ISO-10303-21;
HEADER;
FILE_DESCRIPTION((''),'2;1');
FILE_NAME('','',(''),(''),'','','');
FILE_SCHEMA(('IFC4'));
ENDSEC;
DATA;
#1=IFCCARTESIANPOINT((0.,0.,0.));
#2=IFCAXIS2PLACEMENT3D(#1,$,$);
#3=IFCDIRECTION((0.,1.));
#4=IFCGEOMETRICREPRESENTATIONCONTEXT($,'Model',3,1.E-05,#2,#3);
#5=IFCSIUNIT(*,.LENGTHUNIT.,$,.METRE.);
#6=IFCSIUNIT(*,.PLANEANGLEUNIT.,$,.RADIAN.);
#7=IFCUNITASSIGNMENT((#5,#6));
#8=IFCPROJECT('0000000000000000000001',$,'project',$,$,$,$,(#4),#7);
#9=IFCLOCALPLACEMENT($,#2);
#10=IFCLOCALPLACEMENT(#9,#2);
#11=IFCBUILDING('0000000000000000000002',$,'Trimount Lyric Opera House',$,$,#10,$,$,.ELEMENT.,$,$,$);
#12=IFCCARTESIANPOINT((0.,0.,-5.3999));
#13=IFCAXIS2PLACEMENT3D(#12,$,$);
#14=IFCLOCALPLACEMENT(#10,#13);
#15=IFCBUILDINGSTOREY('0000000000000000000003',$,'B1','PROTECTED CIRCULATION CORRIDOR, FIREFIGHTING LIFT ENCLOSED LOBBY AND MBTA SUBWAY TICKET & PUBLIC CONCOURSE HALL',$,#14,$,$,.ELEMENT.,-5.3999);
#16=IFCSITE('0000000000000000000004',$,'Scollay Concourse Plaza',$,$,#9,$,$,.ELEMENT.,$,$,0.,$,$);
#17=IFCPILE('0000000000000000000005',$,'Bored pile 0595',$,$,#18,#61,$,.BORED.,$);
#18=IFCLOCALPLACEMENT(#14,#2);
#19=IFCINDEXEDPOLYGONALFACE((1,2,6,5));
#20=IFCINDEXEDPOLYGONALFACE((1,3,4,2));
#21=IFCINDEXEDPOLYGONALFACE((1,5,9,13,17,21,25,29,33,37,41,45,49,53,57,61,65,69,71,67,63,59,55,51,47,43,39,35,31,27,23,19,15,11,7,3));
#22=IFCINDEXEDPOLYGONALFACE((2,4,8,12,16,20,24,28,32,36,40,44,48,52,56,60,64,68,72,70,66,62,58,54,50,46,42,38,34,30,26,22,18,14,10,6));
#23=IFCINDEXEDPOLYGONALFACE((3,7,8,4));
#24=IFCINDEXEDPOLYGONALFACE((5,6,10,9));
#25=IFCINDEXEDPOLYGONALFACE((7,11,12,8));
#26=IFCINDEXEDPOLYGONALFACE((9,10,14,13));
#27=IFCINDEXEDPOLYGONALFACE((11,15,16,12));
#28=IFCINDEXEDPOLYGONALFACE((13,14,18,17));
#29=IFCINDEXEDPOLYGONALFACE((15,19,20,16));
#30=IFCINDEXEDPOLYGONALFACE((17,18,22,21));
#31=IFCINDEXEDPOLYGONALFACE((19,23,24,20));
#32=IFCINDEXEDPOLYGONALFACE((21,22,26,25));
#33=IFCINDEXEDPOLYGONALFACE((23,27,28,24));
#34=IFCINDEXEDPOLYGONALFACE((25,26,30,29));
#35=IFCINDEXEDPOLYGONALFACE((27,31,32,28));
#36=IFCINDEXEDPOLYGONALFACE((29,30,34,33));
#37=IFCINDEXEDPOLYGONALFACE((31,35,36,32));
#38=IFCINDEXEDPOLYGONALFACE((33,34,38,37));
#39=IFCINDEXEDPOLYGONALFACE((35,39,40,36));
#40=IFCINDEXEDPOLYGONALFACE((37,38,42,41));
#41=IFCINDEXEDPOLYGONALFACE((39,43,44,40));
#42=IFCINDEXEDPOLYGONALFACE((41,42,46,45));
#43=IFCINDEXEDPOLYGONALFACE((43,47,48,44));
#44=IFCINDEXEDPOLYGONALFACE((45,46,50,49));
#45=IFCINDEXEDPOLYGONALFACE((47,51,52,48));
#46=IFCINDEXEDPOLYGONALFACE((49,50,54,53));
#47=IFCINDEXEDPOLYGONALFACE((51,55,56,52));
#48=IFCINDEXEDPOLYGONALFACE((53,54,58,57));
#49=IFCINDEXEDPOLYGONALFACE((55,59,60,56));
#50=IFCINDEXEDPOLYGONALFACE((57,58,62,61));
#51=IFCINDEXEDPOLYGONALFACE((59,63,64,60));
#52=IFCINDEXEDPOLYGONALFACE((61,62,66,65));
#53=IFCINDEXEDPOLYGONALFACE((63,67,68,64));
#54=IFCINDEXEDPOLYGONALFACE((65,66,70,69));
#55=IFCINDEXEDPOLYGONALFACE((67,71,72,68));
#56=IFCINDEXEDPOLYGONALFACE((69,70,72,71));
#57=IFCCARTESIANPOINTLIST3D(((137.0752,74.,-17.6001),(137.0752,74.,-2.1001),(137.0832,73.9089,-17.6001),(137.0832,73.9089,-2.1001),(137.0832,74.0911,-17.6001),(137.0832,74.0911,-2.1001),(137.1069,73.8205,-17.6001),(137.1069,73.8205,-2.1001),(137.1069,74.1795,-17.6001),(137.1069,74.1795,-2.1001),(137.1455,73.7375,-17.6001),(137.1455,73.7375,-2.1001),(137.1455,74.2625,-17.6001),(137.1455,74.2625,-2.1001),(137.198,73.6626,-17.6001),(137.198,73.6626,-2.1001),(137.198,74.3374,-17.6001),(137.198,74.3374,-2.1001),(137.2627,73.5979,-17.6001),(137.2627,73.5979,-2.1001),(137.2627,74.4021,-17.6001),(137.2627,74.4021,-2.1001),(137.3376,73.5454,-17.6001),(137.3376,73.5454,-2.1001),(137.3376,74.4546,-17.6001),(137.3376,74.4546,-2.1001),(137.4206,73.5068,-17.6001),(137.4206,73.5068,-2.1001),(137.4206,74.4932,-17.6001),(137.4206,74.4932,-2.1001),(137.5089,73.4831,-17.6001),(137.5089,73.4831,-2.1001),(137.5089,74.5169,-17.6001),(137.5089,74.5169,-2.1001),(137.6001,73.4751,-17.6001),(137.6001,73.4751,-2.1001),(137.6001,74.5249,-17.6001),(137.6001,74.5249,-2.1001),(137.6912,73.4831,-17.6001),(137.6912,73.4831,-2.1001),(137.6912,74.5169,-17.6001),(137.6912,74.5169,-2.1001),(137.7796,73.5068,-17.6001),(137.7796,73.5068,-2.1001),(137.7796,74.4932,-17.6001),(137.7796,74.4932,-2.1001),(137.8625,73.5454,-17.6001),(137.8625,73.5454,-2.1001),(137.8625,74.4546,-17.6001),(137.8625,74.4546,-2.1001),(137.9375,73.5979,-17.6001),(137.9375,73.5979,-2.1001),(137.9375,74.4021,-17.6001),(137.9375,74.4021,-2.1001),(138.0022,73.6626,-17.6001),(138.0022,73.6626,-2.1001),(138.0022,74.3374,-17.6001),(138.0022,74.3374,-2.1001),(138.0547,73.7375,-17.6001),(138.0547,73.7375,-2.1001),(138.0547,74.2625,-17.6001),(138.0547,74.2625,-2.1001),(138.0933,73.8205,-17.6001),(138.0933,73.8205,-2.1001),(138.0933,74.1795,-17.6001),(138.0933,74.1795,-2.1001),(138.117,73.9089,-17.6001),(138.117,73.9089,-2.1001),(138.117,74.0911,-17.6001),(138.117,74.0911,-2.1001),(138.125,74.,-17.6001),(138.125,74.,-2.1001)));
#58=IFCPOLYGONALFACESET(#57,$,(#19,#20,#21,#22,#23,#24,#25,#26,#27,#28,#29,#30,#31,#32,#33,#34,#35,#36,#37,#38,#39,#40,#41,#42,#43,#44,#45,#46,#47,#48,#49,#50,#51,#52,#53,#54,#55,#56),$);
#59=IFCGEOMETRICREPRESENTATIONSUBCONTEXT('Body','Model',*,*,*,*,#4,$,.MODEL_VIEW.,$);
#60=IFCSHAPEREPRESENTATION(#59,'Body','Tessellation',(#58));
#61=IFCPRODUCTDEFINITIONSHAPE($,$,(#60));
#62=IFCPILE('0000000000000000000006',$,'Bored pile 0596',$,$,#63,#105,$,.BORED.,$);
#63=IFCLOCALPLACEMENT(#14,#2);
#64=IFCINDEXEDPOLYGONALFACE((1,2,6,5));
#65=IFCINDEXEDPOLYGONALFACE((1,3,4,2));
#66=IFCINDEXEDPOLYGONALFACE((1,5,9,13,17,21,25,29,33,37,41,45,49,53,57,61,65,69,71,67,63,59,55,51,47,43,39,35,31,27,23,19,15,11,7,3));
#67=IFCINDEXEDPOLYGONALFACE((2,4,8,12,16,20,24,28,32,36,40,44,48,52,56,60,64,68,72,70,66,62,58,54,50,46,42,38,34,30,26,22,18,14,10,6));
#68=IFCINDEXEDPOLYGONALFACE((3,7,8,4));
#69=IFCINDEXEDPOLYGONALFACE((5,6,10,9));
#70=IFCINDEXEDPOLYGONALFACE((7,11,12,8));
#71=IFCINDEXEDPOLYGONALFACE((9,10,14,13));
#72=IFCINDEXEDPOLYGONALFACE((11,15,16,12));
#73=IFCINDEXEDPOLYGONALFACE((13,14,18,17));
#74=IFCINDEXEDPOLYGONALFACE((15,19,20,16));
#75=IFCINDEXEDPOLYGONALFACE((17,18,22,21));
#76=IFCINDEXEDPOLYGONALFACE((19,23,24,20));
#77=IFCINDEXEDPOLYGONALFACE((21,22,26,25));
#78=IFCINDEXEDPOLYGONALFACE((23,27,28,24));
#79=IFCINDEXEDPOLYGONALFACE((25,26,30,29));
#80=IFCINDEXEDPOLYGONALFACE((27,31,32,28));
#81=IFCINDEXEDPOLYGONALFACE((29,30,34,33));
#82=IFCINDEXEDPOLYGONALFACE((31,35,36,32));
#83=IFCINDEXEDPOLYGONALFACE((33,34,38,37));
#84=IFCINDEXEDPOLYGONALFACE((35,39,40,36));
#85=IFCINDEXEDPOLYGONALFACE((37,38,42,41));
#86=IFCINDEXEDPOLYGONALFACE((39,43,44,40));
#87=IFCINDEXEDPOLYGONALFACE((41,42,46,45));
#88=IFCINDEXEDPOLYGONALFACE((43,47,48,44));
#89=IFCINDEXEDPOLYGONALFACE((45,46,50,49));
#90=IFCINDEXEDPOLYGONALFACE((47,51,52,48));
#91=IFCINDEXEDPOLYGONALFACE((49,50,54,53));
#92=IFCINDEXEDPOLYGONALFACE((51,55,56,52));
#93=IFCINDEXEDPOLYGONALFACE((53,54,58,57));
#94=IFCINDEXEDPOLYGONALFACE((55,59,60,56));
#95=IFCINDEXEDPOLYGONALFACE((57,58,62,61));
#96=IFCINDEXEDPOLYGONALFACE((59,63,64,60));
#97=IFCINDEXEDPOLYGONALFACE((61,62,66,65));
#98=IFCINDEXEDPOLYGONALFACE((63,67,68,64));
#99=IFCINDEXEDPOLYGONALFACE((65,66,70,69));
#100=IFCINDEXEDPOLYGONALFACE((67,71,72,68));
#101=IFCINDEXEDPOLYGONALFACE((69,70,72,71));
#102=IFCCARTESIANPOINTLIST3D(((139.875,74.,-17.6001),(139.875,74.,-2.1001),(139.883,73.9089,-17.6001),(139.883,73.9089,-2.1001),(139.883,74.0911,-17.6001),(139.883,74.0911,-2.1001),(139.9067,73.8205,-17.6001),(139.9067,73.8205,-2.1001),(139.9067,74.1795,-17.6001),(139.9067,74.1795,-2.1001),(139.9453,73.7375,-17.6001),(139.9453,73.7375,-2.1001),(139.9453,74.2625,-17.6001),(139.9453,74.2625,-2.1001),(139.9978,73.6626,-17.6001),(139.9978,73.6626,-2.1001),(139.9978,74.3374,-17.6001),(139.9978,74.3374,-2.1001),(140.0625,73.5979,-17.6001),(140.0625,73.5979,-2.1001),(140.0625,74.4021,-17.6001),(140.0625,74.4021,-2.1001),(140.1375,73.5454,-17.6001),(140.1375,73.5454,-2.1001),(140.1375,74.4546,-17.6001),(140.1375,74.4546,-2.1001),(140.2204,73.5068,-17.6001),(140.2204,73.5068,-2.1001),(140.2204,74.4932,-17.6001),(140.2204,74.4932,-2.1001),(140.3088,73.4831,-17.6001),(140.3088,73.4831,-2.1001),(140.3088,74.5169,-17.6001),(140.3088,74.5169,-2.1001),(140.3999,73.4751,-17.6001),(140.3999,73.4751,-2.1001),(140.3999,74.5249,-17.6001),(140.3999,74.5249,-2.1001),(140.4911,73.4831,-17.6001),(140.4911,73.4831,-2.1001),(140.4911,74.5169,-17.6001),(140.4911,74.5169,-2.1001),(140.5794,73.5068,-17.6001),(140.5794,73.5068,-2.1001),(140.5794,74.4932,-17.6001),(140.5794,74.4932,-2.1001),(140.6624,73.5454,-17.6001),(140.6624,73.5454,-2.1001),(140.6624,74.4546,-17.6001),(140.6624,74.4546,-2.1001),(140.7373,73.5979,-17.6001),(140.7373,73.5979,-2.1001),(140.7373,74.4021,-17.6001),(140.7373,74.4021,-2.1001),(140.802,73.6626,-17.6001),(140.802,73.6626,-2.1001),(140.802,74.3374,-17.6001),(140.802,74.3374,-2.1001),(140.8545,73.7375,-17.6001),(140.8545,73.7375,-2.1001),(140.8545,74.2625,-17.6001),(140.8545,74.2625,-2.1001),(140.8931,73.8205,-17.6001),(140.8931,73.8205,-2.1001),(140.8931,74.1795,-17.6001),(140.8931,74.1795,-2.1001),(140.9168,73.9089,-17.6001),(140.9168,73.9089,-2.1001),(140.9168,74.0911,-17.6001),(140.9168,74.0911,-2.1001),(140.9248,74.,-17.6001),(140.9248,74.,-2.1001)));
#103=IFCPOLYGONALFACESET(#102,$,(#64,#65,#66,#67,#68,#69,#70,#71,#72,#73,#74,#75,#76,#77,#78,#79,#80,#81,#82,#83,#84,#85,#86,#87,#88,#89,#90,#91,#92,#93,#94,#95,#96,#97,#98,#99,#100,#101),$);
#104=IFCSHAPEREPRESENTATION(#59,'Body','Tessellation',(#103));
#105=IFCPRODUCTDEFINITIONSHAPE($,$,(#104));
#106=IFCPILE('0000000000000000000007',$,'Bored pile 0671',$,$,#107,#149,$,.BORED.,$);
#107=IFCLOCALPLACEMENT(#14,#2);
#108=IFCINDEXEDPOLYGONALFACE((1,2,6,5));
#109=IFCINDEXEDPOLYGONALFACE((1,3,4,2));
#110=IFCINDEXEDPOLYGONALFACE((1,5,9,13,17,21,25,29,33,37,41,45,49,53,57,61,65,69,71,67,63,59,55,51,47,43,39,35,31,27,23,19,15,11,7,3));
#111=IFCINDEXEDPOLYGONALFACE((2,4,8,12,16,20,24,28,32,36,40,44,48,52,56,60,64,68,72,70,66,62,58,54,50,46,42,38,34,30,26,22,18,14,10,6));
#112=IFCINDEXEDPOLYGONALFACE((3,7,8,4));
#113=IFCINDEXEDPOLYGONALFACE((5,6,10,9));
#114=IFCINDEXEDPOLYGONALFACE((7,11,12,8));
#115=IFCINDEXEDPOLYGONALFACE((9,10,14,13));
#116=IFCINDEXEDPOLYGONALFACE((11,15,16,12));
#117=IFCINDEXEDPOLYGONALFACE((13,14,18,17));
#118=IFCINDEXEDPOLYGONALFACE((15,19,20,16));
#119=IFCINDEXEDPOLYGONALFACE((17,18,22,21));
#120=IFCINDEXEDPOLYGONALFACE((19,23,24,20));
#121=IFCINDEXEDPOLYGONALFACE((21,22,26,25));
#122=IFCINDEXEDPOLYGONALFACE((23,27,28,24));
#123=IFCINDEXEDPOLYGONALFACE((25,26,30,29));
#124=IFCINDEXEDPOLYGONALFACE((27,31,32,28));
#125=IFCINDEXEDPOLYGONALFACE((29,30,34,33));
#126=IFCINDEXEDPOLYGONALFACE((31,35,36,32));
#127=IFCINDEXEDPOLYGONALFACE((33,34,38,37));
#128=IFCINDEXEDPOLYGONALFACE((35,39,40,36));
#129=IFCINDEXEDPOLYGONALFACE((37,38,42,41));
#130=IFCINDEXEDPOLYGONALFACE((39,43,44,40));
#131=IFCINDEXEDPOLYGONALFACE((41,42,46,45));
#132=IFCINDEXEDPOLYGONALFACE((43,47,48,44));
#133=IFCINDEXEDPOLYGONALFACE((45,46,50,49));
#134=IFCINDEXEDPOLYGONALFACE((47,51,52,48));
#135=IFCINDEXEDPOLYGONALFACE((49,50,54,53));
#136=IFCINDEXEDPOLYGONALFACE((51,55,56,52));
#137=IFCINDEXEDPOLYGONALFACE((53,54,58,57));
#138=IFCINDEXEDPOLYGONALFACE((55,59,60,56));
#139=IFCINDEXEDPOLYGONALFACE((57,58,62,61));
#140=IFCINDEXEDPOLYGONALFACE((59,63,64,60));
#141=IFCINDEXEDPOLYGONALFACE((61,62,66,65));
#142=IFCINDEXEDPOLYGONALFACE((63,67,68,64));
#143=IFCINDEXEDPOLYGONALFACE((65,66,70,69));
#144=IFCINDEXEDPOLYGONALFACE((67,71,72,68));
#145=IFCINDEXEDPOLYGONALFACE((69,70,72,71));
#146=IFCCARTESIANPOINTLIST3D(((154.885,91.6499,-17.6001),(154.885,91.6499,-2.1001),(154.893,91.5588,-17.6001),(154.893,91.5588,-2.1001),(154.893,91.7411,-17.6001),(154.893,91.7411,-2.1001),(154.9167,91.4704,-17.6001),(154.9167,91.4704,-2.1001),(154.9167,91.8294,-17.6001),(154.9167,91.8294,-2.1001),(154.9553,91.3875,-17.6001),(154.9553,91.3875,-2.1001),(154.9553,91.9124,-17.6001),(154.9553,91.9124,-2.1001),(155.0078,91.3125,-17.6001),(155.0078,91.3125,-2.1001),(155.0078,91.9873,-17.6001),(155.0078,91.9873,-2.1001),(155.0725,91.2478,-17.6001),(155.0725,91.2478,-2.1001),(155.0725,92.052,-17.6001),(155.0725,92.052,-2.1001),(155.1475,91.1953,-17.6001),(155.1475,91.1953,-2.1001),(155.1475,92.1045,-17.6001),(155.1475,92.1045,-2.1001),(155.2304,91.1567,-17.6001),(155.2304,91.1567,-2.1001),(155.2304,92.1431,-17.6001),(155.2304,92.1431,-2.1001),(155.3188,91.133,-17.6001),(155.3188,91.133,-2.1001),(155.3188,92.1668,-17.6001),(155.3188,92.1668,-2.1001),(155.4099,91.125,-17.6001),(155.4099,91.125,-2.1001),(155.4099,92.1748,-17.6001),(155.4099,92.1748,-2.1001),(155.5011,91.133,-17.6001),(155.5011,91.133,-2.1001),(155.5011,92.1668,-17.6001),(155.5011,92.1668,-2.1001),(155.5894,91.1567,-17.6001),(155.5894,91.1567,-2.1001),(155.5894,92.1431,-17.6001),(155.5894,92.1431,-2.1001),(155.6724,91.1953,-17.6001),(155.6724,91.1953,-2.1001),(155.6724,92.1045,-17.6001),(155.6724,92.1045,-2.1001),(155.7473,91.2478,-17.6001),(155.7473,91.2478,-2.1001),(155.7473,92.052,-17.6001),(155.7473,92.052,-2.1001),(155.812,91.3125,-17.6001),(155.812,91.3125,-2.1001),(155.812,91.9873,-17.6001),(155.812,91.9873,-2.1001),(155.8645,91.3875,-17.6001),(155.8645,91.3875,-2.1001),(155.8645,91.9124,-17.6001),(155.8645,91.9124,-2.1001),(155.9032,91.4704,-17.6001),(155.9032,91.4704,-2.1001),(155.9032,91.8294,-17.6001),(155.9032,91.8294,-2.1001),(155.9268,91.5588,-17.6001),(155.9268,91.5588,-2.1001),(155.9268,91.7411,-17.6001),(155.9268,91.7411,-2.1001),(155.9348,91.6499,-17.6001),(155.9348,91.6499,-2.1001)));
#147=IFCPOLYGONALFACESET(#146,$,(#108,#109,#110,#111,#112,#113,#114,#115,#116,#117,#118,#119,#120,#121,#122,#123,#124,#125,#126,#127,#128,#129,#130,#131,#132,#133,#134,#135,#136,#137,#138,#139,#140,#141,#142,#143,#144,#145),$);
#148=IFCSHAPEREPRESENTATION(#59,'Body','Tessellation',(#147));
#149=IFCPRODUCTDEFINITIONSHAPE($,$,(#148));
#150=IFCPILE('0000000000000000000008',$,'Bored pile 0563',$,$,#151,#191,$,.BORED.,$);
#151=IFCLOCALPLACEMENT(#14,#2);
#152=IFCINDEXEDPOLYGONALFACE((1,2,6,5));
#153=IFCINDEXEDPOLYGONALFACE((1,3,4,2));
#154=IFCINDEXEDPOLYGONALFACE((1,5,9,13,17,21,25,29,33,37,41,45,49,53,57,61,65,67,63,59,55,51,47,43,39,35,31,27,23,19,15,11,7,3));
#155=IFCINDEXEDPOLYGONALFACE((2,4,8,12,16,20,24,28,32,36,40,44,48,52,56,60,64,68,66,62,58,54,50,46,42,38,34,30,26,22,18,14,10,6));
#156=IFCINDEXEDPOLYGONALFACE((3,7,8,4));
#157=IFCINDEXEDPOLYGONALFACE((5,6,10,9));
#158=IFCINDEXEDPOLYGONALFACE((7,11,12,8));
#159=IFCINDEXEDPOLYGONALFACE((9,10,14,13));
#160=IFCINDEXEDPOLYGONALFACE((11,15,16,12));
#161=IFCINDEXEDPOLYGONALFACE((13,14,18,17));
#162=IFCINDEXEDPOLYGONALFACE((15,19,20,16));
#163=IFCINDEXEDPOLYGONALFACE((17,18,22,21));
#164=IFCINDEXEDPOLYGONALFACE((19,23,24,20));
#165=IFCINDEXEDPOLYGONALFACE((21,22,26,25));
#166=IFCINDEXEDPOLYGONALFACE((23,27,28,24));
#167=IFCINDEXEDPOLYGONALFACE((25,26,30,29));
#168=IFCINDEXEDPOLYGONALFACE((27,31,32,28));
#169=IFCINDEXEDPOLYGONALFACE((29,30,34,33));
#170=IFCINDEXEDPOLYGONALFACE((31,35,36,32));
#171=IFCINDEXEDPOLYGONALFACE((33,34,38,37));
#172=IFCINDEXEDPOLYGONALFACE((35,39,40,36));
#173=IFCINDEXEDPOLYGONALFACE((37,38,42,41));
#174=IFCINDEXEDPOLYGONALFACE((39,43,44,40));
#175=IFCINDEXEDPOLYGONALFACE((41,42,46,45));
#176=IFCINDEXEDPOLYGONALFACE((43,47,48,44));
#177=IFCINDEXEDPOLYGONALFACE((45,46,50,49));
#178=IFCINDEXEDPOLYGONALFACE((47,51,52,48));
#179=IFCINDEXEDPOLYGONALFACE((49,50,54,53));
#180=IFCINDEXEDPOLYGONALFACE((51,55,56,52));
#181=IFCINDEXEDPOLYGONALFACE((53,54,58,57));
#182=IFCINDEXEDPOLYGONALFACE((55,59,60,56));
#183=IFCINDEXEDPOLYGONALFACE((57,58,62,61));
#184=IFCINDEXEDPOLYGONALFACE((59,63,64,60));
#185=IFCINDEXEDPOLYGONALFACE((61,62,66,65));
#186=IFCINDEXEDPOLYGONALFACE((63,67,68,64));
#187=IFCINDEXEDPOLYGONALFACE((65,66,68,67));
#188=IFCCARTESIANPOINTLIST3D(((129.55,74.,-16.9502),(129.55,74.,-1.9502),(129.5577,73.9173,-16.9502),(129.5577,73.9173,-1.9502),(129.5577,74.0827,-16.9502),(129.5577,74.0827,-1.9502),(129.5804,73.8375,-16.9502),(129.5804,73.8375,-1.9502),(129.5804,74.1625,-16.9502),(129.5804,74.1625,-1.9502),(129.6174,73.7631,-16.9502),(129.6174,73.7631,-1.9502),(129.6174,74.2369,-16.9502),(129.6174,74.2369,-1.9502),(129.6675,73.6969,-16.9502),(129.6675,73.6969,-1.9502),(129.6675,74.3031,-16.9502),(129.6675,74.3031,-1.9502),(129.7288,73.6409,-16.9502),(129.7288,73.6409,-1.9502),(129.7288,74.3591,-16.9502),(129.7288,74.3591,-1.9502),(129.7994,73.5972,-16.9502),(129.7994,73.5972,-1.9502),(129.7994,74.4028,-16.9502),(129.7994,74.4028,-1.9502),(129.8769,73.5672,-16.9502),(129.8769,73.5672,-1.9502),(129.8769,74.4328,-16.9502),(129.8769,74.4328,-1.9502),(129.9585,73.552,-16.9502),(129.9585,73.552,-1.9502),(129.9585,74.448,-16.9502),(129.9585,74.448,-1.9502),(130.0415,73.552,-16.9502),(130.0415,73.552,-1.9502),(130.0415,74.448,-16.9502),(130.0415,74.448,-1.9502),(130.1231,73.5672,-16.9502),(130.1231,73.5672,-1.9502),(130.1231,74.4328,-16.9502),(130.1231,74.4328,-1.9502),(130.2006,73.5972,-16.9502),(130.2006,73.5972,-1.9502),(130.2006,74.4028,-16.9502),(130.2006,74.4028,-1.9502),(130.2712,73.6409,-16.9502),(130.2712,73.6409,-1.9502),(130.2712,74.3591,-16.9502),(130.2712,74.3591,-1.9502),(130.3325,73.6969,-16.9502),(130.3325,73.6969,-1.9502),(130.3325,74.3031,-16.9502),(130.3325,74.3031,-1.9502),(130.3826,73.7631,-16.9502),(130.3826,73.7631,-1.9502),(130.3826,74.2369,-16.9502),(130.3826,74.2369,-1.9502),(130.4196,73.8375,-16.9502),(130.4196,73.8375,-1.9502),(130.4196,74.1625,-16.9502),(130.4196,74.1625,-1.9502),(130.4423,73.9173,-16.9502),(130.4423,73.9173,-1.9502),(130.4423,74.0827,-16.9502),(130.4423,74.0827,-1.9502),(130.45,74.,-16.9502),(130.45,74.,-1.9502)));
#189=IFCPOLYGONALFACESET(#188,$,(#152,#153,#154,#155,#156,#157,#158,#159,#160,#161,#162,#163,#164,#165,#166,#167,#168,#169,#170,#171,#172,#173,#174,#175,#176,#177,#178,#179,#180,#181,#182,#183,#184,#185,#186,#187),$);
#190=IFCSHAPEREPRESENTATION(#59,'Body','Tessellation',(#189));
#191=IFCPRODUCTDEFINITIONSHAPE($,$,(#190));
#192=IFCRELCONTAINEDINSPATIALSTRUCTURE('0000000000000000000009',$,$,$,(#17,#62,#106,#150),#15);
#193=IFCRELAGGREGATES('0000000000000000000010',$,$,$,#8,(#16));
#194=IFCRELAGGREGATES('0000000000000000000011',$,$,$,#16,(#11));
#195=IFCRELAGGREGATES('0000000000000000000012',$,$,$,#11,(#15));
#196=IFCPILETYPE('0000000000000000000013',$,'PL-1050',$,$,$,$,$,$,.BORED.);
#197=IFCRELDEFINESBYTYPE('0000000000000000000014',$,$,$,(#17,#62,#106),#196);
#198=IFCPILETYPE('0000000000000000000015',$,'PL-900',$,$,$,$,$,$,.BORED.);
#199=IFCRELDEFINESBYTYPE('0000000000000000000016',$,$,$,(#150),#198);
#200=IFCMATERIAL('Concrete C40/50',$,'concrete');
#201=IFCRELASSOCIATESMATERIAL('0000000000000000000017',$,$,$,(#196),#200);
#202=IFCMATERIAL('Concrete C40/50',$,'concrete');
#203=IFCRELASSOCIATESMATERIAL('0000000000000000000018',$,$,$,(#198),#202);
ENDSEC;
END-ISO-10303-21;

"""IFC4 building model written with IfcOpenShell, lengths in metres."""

from ifc_helpers import new_model, si_unit, direction, frame, origin, origin_2d, place, context, subcontext, project, spatial, circle, extrude, material, material_profile, profile_set, type_object, element, save


model = new_model("IFC4")

# Units and contexts
model_context = context("Model", 3, precision=1e-05, world=origin(), true_north=direction((0.0, 1.0)))
body_context = subcontext(model_context, "Body", "Model", "MODEL_VIEW")
ifc_project = project(units=[si_unit("LENGTHUNIT", "METRE"), si_unit("PLANEANGLEUNIT", "RADIAN")], contexts=[model_context])

# Site, building, storey
site_placement = place(None, origin())
site = spatial("IfcSite", under=ifc_project, at=site_placement, Name="Scollay Concourse Plaza", CompositionType="ELEMENT", RefElevation=0.0)
building_placement = place(site_placement, origin())
building = spatial("IfcBuilding", under=site, at=building_placement, Name="Trimount Lyric Opera House", CompositionType="ELEMENT")
storey_placement = place(building_placement, frame((0.0, 0.0, -5.3999)))
storey = spatial("IfcBuildingStorey", under=building, at=storey_placement, Name="B1", Description="PROTECTED CIRCULATION CORRIDOR, FIREFIGHTING LIFT ENCLOSED LOBBY AND MBTA SUBWAY TICKET & PUBLIC CONCOURSE HALL", CompositionType="ELEMENT", Elevation=-5.3999)

# Piles
ifc_material_1 = material(Name="Concrete C40/50", Category="concrete")
ifc_material_profile_1 = material_profile(ifc_material_1, circle(Radius=0.5249, at=origin_2d()), Name="PILE-D1050")
ifc_profile_set_1 = profile_set([ifc_material_profile_1], Name="Concrete C40/50")
pile_type_1 = type_object("IfcPileType", Name="PL-1050", PredefinedType="BORED", material=ifc_profile_set_1)
for number, where, z_axis, x_axis, name in (
    (1, (137.6001, 74.0, -2.1001), (0.0, 0.0, -1.0), (1.0, 0.0, 0.0), "Bored pile 0595"),
    (2, (140.3999, 74.0, -2.1001), (0.0, 0.0, -1.0), (1.0, 0.0, 0.0), "Bored pile 0596"),
    (3, (155.4099, 91.6499, -2.1001), (0.0, 0.0, -1.0), (1.0, 0.0, 0.0), "Bored pile 0671"),
):
    element("IfcPile", number, at=place(storey_placement, frame(where, z_axis=z_axis, x_axis=x_axis)), inside=storey, type_object=pile_type_1, Name=name, PredefinedType="BORED", context=body_context, shape_type="SweptSolid", body=[
        extrude(circle(Radius=0.5249, at=origin_2d()), origin(), (0.0, 0.0, 1.0), 15.5),
    ])
ifc_material_2 = material(Name="Concrete C40/50", Category="concrete")
ifc_material_profile_2 = material_profile(ifc_material_2, circle(Radius=0.45, at=origin_2d()), Name="PILE-D900")
ifc_profile_set_2 = profile_set([ifc_material_profile_2], Name="Concrete C40/50")
pile_type_2 = type_object("IfcPileType", Name="PL-900", PredefinedType="BORED", material=ifc_profile_set_2)
for number, where, z_axis, x_axis, name in (
    (4, (130.0, 74.0, -1.9502), (0.0, 0.0, -1.0), (1.0, 0.0, 0.0), "Bored pile 0563"),
):
    element("IfcPile", number, at=place(storey_placement, frame(where, z_axis=z_axis, x_axis=x_axis)), inside=storey, type_object=pile_type_2, Name=name, PredefinedType="BORED", context=body_context, shape_type="SweptSolid", body=[
        extrude(circle(Radius=0.45, at=origin_2d()), origin(), (0.0, 0.0, 1.0), 15.0),
    ])

save(model, "model.ifc")
